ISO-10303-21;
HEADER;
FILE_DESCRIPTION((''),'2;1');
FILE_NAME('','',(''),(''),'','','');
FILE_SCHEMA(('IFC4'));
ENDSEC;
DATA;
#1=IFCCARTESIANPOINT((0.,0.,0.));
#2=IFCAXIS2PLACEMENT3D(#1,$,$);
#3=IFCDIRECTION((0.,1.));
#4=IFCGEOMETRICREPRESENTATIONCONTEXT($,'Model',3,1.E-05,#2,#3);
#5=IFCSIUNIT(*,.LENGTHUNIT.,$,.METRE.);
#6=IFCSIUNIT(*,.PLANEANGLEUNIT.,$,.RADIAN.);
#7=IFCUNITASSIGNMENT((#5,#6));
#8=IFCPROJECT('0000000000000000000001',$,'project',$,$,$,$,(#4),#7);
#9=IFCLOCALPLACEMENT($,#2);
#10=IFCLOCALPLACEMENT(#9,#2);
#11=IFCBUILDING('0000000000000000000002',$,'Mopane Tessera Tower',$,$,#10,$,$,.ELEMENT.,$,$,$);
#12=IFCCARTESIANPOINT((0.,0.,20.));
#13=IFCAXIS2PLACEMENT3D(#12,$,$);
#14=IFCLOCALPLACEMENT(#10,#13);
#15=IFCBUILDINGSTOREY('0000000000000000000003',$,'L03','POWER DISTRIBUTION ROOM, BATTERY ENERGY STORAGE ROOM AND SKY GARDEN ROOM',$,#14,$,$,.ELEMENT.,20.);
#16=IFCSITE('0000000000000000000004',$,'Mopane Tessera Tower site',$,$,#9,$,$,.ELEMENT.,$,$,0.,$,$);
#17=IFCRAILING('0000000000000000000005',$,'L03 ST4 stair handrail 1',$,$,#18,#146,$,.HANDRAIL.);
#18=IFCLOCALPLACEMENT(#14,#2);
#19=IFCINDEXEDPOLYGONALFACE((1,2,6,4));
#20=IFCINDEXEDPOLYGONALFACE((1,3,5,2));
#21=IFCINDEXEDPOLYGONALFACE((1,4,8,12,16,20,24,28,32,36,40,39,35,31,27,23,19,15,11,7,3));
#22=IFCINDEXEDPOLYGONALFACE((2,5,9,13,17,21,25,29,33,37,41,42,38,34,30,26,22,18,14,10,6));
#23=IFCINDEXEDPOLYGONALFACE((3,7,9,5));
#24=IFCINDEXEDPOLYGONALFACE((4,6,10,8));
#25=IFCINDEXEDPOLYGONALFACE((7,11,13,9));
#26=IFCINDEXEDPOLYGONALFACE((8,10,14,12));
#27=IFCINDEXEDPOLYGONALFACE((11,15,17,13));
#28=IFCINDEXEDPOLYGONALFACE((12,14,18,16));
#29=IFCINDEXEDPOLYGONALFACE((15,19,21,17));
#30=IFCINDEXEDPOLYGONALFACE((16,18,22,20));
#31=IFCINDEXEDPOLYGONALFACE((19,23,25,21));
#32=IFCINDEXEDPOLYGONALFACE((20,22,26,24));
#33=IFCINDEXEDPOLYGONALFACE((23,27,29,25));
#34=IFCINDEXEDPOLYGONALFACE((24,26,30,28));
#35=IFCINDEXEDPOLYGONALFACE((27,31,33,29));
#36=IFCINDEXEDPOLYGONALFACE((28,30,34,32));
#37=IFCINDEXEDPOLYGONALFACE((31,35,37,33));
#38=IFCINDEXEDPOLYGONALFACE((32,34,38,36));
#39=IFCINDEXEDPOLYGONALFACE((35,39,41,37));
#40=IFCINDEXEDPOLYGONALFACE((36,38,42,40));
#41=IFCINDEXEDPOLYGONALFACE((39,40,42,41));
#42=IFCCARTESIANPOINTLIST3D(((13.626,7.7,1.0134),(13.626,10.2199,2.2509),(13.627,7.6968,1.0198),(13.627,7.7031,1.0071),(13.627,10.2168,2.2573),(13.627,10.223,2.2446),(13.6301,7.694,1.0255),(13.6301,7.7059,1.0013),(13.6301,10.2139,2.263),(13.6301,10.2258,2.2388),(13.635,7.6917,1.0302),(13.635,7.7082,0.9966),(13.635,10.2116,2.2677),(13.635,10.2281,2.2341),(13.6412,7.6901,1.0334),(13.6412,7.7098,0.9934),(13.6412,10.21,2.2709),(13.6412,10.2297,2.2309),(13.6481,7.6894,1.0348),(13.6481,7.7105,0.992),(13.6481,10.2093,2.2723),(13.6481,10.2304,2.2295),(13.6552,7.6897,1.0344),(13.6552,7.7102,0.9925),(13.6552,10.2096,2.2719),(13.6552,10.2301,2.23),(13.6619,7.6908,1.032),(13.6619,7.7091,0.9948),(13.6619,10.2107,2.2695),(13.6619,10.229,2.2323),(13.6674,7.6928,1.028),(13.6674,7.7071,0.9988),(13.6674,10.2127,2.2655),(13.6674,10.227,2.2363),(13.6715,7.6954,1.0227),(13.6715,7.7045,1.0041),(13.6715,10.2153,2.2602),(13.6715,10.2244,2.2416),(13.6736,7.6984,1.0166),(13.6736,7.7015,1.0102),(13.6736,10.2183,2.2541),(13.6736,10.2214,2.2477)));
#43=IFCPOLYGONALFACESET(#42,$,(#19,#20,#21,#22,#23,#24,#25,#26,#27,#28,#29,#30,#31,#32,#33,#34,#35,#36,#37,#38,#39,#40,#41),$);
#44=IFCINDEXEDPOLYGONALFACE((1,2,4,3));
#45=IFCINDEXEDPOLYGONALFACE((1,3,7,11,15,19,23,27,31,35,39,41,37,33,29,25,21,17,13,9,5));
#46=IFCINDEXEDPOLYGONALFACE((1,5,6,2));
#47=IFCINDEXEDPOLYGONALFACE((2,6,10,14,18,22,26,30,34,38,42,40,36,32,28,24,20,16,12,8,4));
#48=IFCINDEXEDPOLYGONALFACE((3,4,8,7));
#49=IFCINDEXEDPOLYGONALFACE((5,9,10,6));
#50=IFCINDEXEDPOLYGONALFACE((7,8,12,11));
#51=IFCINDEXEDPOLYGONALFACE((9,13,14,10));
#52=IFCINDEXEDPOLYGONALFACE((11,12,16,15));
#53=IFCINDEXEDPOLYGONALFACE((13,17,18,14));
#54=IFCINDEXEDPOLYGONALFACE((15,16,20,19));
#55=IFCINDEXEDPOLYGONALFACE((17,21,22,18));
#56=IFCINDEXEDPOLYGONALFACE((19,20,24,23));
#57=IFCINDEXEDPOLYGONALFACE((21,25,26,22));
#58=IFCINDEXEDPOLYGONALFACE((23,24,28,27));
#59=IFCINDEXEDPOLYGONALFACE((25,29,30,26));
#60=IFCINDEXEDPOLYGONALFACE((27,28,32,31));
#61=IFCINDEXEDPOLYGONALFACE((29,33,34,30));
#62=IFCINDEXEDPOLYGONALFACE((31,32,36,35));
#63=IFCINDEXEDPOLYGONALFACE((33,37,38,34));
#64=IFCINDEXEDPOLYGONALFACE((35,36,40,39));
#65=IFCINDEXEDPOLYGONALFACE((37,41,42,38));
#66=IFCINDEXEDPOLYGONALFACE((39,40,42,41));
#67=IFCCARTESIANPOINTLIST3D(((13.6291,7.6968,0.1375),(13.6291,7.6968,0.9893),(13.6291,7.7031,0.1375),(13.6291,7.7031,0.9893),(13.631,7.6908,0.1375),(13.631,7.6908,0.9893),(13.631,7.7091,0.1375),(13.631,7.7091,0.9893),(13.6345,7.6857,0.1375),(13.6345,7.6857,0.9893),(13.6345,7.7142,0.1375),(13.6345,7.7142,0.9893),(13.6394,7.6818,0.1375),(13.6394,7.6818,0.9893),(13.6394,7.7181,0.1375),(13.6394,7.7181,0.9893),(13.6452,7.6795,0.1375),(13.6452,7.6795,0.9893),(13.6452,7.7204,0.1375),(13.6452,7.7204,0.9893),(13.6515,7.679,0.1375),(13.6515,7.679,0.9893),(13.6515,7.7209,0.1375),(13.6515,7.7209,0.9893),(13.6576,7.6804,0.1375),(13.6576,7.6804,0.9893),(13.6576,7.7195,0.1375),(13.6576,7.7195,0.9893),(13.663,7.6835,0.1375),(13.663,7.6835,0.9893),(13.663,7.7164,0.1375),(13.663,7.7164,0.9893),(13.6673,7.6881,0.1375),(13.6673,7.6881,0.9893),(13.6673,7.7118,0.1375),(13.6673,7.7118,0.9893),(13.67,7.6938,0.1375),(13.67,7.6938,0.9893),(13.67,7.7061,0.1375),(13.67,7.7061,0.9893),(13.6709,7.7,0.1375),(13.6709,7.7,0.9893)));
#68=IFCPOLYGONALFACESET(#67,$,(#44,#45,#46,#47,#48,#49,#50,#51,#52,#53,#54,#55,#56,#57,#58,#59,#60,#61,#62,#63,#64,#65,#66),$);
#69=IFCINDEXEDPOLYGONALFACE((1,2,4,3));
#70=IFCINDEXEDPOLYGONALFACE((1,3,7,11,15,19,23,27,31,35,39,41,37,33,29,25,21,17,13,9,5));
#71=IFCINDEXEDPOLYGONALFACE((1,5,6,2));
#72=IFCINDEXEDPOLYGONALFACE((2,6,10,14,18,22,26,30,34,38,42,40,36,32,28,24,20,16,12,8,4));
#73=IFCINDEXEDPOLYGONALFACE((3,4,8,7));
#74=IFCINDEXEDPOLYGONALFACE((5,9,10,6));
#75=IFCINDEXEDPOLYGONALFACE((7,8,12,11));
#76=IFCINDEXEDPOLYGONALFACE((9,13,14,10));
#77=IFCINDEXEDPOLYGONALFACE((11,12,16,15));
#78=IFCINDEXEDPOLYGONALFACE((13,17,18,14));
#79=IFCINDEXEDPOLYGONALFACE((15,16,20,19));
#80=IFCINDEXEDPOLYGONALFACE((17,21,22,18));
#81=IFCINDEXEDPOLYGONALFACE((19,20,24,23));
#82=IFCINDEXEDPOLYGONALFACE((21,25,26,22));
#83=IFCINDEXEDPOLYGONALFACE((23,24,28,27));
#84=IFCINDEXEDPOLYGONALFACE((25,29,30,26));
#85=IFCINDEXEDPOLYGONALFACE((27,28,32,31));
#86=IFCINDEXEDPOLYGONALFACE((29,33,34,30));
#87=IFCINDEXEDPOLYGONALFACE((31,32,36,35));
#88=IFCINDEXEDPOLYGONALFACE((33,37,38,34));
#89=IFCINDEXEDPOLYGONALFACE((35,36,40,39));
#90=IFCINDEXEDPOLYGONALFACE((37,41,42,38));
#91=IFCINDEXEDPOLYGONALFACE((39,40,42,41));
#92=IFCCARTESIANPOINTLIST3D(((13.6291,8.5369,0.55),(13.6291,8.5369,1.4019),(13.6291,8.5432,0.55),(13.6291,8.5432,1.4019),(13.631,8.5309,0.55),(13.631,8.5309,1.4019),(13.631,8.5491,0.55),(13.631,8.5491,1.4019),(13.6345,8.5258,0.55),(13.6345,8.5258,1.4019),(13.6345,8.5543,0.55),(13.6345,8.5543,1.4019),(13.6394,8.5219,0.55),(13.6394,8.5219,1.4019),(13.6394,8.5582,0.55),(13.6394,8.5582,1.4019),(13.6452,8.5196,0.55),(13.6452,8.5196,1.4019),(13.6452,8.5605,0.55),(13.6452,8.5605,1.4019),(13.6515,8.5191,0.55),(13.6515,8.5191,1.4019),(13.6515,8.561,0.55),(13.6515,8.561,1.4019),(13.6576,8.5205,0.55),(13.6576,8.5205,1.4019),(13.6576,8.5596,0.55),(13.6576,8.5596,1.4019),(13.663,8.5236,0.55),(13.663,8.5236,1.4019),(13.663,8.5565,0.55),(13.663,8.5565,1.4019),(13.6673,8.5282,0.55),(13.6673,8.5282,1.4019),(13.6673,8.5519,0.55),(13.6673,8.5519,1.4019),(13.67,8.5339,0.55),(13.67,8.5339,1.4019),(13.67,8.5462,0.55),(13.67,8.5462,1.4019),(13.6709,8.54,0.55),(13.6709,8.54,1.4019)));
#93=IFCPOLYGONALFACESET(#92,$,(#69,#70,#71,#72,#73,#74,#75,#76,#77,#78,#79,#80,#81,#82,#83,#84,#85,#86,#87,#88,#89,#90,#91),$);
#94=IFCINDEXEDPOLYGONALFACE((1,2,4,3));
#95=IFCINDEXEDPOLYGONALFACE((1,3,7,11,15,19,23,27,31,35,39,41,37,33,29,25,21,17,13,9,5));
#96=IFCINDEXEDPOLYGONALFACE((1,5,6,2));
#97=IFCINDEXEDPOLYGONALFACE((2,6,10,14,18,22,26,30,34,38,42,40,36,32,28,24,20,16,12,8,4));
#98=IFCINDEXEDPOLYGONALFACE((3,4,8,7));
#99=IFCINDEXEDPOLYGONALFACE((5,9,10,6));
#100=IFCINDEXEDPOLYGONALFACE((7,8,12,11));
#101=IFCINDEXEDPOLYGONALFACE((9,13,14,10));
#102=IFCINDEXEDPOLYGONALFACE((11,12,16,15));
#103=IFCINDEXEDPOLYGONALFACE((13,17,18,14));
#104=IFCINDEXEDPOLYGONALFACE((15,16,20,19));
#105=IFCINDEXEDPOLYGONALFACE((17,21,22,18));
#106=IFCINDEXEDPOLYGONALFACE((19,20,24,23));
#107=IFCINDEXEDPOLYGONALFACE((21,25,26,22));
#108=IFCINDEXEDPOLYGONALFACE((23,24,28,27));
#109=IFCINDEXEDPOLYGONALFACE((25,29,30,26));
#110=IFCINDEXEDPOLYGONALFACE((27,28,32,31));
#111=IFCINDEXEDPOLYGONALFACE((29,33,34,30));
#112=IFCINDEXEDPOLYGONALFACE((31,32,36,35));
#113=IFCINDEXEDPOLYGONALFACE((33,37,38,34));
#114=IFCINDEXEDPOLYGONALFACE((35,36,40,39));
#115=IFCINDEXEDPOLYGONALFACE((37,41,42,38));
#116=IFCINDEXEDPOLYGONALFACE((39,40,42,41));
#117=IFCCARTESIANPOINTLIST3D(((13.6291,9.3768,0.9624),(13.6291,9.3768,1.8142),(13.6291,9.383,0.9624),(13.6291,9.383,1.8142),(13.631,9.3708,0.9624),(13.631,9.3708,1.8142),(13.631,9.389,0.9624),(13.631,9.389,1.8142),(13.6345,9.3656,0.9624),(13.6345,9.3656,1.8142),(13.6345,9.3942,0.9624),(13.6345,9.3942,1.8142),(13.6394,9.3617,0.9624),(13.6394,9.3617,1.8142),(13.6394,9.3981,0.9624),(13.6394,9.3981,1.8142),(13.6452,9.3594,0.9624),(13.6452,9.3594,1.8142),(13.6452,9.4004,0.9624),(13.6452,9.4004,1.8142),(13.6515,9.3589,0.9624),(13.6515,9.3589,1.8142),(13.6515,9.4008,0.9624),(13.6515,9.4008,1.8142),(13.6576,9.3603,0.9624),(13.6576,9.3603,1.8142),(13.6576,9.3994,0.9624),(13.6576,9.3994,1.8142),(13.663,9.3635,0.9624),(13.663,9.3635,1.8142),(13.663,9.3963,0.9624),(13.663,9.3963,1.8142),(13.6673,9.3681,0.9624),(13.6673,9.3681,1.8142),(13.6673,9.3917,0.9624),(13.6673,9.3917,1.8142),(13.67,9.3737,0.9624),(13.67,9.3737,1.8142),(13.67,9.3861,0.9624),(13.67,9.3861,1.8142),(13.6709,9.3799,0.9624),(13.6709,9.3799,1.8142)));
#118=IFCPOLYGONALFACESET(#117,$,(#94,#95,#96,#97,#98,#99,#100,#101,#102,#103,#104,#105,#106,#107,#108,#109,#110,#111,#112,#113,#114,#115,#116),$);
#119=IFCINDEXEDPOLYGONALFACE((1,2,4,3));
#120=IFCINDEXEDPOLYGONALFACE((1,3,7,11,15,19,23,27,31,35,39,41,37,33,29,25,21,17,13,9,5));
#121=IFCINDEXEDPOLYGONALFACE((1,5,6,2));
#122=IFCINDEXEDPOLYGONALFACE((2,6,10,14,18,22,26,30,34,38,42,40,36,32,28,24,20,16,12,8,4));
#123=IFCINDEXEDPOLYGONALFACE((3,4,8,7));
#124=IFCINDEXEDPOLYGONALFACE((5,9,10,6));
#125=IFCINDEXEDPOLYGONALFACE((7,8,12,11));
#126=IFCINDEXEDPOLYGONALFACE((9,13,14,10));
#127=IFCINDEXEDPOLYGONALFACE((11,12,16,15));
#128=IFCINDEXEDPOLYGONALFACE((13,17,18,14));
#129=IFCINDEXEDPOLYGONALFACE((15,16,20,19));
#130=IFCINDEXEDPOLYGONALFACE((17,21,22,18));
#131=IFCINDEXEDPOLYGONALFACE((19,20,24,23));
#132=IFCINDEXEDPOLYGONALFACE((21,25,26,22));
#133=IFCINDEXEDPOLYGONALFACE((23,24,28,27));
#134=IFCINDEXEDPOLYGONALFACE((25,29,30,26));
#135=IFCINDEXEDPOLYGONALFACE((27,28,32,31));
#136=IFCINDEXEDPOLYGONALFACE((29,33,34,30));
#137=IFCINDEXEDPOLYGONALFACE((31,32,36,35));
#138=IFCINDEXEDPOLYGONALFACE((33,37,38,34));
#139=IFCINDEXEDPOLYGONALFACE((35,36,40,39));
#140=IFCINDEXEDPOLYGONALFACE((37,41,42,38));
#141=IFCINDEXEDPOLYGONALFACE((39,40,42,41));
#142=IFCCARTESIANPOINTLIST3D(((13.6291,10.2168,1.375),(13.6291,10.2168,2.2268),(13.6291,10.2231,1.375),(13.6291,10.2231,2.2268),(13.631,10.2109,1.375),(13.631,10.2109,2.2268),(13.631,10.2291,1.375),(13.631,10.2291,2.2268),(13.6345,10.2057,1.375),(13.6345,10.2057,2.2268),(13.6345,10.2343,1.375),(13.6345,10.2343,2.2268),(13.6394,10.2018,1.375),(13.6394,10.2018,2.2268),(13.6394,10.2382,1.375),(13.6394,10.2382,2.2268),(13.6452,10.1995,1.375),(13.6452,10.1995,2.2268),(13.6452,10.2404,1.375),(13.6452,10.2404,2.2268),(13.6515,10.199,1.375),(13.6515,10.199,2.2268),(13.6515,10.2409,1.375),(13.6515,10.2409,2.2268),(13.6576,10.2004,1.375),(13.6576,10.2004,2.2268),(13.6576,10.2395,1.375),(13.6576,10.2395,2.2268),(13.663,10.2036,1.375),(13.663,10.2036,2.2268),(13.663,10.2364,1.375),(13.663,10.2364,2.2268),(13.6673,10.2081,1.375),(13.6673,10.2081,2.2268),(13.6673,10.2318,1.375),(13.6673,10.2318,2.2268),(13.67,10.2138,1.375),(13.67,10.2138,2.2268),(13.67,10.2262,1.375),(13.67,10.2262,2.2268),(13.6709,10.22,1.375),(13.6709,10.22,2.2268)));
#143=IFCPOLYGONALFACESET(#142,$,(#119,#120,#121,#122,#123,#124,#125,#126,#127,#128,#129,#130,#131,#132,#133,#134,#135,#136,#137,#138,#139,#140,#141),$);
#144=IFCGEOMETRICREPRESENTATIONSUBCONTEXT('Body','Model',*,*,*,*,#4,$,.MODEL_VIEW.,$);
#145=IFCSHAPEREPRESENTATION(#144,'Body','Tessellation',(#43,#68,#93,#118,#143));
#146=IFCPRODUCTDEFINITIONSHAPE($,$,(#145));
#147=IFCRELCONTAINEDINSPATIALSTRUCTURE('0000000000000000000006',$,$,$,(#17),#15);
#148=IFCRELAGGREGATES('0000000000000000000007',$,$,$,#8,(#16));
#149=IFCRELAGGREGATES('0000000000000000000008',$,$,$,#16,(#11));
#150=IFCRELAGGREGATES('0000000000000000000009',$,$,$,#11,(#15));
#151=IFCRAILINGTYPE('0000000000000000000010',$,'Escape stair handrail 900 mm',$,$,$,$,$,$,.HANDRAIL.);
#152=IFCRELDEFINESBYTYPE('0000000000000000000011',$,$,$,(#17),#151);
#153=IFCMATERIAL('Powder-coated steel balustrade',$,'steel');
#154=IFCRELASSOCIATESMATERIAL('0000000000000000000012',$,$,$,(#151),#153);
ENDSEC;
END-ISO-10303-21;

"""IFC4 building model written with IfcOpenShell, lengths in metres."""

from ifc_helpers import new_model, si_unit, direction, frame, origin, origin_2d, place, context, subcontext, project, spatial, circle, extrude, material, type_object, element, save


model = new_model("IFC4")

# Units and contexts
model_context = context("Model", 3, precision=1e-05, world=origin(), true_north=direction((0.0, 1.0)))
body_context = subcontext(model_context, "Body", "Model", "MODEL_VIEW")
ifc_project = project(units=[si_unit("LENGTHUNIT", "METRE"), si_unit("PLANEANGLEUNIT", "RADIAN")], contexts=[model_context])

# Site, building, storey
site_placement = place(None, origin())
site = spatial("IfcSite", under=ifc_project, at=site_placement, Name="Mopane Tessera Tower site", CompositionType="ELEMENT", RefElevation=0.0)
building_placement = place(site_placement, origin())
building = spatial("IfcBuilding", under=site, at=building_placement, Name="Mopane Tessera Tower", CompositionType="ELEMENT")
storey_placement = place(building_placement, frame((0.0, 0.0, 20.0)))
storey = spatial("IfcBuildingStorey", under=building, at=storey_placement, Name="L03", Description="POWER DISTRIBUTION ROOM, BATTERY ENERGY STORAGE ROOM AND SKY GARDEN ROOM", CompositionType="ELEMENT", Elevation=20.0)

# Railing
ifc_material_1 = material(Name="Powder-coated steel balustrade", Category="steel")
railing_type_1 = type_object("IfcRailingType", Name="Escape stair handrail 900 mm", PredefinedType="HANDRAIL", material=ifc_material_1)
for number, where, name in (
    (1, (13.6499, 7.7, 0.1375), "L03 ST4 stair handrail 1"),
):
    element("IfcRailing", number, at=place(storey_placement, frame(where)), inside=storey, type_object=railing_type_1, Name=name, PredefinedType="HANDRAIL", context=body_context, shape_type="SweptSolid", body=[
        extrude(circle(Radius=0.0239, at=origin_2d()), frame((0.0, 0.0, 0.876), z_axis=(0.0, 0.897604, 0.440802), x_axis=(-1.0, 0.0, 0.0)), (0.0, 0.0, 1.0), 2.8074),
        extrude(circle(Radius=0.021, at=origin_2d()), origin(), (0.0, 0.0, 1.0), 0.8518),
        extrude(circle(Radius=0.021, at=origin_2d()), frame((0.0, 0.8401, 0.4126)), (0.0, 0.0, 1.0), 0.8518),
        extrude(circle(Radius=0.021, at=origin_2d()), frame((0.0, 1.6799, 0.825)), (0.0, 0.0, 1.0), 0.8518),
        extrude(circle(Radius=0.021, at=origin_2d()), frame((0.0, 2.52, 1.2375)), (0.0, 0.0, 1.0), 0.8518),
    ])

save(model, "model.ifc")
